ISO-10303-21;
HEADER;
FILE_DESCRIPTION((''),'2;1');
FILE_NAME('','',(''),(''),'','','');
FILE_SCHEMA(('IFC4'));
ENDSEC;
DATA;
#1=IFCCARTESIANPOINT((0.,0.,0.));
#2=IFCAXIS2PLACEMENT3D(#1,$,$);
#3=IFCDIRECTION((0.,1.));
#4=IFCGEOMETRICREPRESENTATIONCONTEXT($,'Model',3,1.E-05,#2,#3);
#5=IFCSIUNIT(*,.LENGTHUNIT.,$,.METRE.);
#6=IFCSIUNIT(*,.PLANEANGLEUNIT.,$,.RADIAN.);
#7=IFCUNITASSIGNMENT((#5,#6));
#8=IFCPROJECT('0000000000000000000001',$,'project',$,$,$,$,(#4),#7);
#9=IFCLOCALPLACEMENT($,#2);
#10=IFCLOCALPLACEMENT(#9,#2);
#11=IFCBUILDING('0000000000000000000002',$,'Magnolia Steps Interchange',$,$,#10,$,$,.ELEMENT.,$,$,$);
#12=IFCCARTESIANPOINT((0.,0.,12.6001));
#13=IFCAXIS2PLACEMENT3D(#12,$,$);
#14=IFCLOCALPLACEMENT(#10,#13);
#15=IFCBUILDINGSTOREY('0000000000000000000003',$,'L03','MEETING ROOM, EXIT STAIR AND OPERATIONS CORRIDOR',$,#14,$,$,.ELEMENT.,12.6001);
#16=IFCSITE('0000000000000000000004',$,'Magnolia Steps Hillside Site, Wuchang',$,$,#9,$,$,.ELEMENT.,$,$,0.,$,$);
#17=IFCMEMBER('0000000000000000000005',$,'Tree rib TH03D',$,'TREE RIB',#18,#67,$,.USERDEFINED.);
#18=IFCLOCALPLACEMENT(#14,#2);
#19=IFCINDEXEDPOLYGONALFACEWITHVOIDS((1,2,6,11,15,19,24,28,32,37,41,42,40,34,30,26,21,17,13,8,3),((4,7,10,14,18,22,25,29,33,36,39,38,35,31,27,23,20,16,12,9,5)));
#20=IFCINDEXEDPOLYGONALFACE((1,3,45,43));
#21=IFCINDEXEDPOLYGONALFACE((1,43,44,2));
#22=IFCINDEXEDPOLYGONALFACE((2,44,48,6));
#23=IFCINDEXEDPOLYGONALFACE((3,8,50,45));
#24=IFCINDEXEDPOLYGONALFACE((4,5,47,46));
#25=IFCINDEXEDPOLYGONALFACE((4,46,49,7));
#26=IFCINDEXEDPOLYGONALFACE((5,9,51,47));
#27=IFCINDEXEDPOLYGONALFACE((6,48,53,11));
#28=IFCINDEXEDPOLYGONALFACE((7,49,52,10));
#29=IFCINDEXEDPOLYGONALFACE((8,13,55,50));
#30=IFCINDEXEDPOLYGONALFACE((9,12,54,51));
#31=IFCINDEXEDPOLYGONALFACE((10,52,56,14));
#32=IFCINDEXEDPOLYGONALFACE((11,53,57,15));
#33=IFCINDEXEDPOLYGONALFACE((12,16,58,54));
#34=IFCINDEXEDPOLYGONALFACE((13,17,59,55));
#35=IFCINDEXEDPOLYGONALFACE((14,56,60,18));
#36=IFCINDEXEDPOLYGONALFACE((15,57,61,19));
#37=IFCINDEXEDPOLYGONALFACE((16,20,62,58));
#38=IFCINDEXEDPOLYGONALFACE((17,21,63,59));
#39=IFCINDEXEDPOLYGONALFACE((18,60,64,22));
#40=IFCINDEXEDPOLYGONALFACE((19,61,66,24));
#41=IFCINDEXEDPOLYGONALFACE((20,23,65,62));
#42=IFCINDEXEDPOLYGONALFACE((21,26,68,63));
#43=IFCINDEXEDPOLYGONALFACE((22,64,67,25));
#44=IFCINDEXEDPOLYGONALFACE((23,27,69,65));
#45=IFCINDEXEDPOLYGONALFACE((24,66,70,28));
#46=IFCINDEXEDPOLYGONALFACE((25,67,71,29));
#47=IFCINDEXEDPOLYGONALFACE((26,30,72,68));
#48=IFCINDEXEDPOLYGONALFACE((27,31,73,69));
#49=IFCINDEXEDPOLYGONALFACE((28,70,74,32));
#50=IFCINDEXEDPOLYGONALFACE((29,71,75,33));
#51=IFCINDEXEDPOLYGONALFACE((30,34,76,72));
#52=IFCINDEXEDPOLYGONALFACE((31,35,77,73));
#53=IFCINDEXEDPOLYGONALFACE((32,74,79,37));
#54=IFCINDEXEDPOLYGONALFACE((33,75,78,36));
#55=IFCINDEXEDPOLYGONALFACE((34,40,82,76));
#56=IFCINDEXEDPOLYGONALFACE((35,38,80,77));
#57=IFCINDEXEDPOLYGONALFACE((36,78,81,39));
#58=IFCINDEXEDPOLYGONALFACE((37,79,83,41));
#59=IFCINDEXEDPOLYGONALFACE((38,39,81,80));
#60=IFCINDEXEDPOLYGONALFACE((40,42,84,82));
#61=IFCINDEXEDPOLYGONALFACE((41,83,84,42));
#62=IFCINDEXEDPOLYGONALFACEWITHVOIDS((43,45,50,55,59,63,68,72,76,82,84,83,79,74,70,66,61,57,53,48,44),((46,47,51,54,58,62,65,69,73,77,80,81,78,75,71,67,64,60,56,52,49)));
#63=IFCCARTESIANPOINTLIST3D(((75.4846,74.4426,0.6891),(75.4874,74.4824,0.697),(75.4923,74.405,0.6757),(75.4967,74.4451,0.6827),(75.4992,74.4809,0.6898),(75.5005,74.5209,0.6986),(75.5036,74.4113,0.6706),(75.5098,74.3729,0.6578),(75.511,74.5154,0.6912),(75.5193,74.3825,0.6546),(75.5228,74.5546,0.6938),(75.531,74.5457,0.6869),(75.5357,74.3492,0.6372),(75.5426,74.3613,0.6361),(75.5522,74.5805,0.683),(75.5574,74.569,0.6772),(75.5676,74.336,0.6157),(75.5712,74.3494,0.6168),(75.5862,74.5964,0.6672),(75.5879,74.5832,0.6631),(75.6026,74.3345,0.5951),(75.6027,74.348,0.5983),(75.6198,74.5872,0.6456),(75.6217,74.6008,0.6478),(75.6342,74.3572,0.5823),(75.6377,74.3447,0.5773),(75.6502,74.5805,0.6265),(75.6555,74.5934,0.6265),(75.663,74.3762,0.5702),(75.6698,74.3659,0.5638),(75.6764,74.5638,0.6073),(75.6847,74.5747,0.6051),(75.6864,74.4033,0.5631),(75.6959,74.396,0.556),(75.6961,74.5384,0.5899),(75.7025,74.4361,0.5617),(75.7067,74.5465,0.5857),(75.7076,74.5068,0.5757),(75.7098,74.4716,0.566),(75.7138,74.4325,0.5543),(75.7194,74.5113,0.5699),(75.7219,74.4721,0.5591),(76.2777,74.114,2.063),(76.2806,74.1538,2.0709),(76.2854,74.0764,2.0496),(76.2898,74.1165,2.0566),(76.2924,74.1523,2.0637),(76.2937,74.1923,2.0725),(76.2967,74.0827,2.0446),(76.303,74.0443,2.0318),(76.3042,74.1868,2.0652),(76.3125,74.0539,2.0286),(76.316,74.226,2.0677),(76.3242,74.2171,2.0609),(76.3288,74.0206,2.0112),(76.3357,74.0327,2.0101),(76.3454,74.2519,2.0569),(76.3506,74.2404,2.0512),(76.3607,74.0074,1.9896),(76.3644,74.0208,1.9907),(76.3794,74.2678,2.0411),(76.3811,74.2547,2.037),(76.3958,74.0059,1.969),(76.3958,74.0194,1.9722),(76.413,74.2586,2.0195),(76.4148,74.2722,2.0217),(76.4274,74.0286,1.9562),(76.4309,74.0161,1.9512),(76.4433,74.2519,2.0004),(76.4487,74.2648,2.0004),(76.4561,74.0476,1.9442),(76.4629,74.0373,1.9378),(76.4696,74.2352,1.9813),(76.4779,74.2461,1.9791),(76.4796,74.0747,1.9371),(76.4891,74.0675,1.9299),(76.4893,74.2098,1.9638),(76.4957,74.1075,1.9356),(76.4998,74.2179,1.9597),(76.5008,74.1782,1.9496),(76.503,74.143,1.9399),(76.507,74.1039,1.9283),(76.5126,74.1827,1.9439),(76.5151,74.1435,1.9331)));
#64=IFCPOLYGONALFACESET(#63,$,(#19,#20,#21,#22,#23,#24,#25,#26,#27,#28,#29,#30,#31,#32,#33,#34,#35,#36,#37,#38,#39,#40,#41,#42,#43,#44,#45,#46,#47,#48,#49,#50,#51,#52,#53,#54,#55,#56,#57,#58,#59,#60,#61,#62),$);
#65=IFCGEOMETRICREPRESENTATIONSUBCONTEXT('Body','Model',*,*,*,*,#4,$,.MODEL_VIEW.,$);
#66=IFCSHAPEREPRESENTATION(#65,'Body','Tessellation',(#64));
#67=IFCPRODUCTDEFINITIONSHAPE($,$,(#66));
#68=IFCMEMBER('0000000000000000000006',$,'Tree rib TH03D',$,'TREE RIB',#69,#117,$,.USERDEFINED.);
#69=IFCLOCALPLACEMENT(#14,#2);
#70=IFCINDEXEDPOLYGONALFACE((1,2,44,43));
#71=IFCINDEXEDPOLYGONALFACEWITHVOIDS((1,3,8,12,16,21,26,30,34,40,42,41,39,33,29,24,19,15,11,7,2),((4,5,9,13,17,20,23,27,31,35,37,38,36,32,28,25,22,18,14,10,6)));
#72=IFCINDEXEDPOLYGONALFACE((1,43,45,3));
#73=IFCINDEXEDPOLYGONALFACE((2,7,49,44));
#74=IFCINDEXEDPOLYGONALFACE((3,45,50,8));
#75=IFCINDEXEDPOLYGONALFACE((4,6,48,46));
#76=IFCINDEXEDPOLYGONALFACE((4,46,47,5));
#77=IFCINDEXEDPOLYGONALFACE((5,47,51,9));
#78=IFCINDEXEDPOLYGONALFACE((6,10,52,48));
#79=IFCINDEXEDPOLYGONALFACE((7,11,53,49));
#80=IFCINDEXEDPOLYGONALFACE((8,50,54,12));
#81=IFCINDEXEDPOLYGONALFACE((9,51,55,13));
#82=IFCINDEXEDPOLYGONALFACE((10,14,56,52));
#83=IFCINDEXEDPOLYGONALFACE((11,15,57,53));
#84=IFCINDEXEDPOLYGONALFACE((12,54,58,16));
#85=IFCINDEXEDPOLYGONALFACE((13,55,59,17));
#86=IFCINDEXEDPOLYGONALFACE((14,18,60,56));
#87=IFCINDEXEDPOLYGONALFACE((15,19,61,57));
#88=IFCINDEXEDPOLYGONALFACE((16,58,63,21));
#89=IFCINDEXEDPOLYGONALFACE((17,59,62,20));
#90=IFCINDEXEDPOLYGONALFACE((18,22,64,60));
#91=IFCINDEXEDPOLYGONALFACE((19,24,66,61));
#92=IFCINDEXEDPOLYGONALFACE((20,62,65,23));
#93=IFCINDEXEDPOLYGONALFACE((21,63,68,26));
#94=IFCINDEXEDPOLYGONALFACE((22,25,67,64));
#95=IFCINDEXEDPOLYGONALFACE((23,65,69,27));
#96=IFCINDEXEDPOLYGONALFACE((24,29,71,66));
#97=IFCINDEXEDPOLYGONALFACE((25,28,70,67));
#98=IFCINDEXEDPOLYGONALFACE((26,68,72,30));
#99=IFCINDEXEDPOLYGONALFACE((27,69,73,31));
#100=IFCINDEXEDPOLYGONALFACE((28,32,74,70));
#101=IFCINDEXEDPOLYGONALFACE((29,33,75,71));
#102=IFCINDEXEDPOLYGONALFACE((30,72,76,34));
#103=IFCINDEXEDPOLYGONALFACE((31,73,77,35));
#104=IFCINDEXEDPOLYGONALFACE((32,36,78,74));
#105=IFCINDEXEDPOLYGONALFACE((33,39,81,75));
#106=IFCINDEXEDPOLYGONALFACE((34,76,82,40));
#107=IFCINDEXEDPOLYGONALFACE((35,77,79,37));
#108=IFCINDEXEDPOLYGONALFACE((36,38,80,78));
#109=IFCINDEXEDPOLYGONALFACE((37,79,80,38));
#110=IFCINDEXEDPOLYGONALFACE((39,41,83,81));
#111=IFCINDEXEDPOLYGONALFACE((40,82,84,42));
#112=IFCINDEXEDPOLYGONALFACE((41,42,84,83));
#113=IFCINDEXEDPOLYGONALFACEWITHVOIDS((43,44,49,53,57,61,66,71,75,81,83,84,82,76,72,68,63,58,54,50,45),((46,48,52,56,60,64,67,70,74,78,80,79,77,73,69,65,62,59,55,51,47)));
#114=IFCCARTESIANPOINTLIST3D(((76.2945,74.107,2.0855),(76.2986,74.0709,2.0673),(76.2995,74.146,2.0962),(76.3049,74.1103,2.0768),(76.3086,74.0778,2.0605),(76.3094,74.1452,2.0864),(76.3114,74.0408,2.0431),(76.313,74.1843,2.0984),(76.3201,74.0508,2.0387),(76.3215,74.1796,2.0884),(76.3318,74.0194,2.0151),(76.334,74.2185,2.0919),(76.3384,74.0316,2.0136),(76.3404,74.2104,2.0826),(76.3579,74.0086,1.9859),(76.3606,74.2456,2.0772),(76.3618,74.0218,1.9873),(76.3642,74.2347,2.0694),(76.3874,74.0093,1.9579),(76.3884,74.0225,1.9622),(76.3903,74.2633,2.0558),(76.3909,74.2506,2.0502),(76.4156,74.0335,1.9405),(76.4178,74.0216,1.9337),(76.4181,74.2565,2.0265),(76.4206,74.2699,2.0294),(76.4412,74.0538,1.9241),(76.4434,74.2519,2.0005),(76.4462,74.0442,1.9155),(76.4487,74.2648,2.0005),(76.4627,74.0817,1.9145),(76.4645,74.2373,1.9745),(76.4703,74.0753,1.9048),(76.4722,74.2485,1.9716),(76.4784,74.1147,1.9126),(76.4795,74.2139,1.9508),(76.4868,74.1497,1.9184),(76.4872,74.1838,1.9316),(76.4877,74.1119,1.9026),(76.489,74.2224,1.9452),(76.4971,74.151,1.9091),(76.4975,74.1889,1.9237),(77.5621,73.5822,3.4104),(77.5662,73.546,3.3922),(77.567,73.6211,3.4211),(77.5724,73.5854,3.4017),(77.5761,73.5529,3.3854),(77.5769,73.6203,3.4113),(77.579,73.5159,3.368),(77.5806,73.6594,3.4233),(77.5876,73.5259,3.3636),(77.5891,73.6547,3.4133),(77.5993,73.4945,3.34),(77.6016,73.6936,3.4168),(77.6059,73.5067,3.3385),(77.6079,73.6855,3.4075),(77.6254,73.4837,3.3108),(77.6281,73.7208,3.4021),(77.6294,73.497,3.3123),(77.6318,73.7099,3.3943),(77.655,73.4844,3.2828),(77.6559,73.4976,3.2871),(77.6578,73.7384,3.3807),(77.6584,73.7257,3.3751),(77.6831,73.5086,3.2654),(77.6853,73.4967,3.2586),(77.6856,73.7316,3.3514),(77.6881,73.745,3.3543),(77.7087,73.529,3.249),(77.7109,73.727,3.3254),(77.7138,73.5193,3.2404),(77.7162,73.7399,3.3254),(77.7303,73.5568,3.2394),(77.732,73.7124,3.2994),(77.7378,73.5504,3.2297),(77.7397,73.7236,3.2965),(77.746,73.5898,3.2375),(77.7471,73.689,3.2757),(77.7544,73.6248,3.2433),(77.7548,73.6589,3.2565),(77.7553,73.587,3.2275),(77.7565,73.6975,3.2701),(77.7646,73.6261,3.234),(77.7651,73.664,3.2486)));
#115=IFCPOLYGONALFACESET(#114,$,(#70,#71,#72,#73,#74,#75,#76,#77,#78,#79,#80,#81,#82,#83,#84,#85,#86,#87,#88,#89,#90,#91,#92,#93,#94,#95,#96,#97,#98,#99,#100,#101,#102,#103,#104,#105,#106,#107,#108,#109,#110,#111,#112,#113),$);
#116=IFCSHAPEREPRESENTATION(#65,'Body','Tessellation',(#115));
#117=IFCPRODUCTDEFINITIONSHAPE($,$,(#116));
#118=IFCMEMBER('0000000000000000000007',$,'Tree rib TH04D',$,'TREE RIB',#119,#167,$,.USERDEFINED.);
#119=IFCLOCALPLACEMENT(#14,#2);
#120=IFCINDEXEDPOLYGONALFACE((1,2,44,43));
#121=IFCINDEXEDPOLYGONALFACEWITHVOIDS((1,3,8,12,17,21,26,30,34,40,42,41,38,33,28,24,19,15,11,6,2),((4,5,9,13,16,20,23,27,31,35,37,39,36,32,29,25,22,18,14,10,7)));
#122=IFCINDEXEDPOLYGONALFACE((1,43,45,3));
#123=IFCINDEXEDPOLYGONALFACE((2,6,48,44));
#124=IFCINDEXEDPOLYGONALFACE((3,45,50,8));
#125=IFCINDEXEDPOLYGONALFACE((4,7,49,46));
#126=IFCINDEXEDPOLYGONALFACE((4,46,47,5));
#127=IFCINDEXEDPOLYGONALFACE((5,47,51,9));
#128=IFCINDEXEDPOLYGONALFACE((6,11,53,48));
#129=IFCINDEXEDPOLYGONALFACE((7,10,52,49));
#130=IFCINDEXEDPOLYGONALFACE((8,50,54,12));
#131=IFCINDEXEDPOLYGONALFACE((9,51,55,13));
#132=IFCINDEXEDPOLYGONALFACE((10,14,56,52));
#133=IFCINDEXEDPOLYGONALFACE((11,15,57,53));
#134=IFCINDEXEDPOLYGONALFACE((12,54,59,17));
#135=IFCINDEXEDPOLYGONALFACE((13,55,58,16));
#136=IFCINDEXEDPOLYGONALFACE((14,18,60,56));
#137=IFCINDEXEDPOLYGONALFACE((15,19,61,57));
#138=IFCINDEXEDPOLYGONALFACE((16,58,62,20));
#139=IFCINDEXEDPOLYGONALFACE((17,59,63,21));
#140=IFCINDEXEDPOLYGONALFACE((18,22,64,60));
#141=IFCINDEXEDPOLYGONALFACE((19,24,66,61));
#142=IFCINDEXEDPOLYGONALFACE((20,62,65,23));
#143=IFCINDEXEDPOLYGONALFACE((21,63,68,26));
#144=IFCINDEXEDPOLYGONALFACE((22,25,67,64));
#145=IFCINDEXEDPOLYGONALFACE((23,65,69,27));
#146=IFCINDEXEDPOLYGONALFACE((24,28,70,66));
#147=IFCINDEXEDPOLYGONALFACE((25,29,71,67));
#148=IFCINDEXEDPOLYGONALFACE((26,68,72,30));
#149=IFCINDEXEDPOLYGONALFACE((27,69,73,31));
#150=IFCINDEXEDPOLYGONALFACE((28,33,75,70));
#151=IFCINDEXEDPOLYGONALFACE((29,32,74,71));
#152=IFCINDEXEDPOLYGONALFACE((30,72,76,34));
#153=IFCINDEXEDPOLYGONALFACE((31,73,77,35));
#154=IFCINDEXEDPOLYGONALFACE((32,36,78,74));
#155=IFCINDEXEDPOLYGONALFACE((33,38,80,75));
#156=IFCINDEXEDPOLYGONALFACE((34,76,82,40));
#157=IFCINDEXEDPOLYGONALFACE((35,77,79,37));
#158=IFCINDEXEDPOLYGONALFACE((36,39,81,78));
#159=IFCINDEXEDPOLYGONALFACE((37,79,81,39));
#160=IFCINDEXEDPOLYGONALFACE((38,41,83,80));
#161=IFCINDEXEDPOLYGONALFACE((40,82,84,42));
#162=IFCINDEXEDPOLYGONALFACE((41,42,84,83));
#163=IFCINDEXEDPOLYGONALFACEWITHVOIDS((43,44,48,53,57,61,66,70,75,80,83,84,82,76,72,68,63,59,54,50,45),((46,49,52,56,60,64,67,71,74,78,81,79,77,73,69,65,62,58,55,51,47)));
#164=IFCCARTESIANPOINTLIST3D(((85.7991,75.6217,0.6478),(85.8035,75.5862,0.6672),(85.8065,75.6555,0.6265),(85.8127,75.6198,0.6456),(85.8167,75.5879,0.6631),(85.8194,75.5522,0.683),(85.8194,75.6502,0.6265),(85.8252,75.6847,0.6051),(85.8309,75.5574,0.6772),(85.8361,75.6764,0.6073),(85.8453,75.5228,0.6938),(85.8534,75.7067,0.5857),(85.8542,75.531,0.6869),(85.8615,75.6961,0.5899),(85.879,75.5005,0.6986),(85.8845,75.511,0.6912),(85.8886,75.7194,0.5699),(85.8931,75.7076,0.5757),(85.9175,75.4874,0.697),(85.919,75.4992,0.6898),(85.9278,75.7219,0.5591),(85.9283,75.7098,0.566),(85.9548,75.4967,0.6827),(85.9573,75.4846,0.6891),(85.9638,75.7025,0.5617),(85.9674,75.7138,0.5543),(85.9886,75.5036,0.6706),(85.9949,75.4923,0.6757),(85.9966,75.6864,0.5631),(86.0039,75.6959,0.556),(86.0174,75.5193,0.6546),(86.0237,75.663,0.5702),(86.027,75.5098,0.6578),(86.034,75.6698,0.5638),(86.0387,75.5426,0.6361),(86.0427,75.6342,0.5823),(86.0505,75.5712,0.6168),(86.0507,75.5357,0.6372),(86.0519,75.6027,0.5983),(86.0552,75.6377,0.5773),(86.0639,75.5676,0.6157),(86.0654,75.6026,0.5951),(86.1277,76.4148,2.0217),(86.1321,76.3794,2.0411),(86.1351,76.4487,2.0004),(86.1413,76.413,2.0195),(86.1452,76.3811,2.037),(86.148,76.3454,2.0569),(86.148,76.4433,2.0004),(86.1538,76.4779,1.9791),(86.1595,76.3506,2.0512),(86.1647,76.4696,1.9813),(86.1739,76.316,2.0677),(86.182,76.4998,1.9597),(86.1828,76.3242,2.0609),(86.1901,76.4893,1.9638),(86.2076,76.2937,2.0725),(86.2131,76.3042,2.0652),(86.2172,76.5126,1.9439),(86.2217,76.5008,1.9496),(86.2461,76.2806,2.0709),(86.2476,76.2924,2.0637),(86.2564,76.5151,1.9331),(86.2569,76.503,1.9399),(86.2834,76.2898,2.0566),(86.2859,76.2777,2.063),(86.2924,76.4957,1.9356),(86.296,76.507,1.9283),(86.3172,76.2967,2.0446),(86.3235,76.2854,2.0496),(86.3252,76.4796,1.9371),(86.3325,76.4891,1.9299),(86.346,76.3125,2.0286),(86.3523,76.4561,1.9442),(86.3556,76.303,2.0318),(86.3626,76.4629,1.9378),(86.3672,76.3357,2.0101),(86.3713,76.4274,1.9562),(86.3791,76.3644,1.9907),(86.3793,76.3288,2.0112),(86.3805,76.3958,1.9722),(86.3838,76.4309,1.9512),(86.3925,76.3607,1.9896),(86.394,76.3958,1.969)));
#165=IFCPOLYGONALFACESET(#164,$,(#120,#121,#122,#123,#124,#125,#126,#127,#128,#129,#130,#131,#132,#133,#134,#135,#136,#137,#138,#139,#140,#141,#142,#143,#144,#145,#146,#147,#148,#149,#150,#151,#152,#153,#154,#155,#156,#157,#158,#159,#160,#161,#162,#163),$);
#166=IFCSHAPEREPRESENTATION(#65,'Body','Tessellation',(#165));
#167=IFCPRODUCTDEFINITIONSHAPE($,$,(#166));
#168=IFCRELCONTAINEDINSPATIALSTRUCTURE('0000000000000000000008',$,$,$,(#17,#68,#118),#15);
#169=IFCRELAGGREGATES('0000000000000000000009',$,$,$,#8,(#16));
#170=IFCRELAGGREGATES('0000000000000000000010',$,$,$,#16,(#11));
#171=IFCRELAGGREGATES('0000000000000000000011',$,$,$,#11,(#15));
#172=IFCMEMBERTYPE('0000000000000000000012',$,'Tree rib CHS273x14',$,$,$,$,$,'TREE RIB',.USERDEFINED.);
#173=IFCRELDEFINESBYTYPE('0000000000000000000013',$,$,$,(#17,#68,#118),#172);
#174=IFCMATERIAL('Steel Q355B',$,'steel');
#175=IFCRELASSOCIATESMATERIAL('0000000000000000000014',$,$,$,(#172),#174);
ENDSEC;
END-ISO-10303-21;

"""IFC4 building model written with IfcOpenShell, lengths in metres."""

from ifc_helpers import new_model, si_unit, direction, frame, origin, origin_2d, place, context, subcontext, project, spatial, hollow_circle, extrude, material, material_profile, profile_set, type_object, element, save


model = new_model("IFC4")

# Units and contexts
model_context = context("Model", 3, precision=1e-05, world=origin(), true_north=direction((0.0, 1.0)))
body_context = subcontext(model_context, "Body", "Model", "MODEL_VIEW")
ifc_project = project(units=[si_unit("LENGTHUNIT", "METRE"), si_unit("PLANEANGLEUNIT", "RADIAN")], contexts=[model_context])

# Site, building, storey
site_placement = place(None, origin())
site = spatial("IfcSite", under=ifc_project, at=site_placement, Name="Magnolia Steps Hillside Site, Wuchang", CompositionType="ELEMENT", RefElevation=0.0)
building_placement = place(site_placement, origin())
building = spatial("IfcBuilding", under=site, at=building_placement, Name="Magnolia Steps Interchange", CompositionType="ELEMENT")
storey_placement = place(building_placement, frame((0.0, 0.0, 12.6001)))
storey = spatial("IfcBuildingStorey", under=building, at=storey_placement, Name="L03", Description="MEETING ROOM, EXIT STAIR AND OPERATIONS CORRIDOR", CompositionType="ELEMENT", Elevation=12.6001)

# Members
ifc_material_1 = material(Name="Steel Q355B", Category="steel")
ifc_material_profile_1 = material_profile(ifc_material_1, hollow_circle(Radius=0.1365, WallThickness=0.0139, at=origin_2d()), Name="CHS273x14")
ifc_profile_set_1 = profile_set([ifc_material_profile_1], Name="Steel Q355B")
member_type = type_object("IfcMemberType", Name="Tree rib CHS273x14", ElementType="TREE RIB", PredefinedType="USERDEFINED", material=ifc_profile_set_1)
member_1_placement = place(storey_placement, frame((75.6033, 74.4673, 0.6265), z_axis=(0.489571, -0.20282, 0.848047), x_axis=(0.382737, 0.923857, 0.0)))
element("IfcMember", 1, at=member_1_placement, inside=storey, type_object=member_type, Name="Tree rib TH03D", ObjectType="TREE RIB", PredefinedType="USERDEFINED", context=body_context, shape_type="SweptSolid", body=[
    extrude(hollow_circle(Radius=0.1365, WallThickness=0.0139, at=origin_2d()), origin(), (0.0, 0.0, 1.0), 1.6201),
])
member_2_placement = place(storey_placement, frame((76.3965, 74.1387, 2.0005), z_axis=(0.664595, -0.275208, 0.694676), x_axis=(0.382593, 0.923917, 0.0)))
element("IfcMember", 2, at=member_2_placement, inside=storey, type_object=member_type, Name="Tree rib TH03D", ObjectType="TREE RIB", PredefinedType="USERDEFINED", context=body_context, shape_type="SweptSolid", body=[
    extrude(hollow_circle(Radius=0.1365, WallThickness=0.0139, at=origin_2d()), origin(), (0.0, 0.0, 1.0), 1.9072),
])
for number, where, z_axis, x_axis, name in (
    (3, (85.9326, 75.6033, 0.6265), (0.20282, 0.489571, 0.848047), (-0.923857, 0.382737, 0.0), "Tree rib TH04D"),
):
    element("IfcMember", number, at=place(storey_placement, frame(where, z_axis=z_axis, x_axis=x_axis)), inside=storey, type_object=member_type, Name=name, ObjectType="TREE RIB", PredefinedType="USERDEFINED", context=body_context, shape_type="SweptSolid", body=[
        extrude(hollow_circle(Radius=0.1365, WallThickness=0.0139, at=origin_2d()), origin(), (0.0, 0.0, 1.0), 1.6201),
    ])

save(model, "model.ifc")
